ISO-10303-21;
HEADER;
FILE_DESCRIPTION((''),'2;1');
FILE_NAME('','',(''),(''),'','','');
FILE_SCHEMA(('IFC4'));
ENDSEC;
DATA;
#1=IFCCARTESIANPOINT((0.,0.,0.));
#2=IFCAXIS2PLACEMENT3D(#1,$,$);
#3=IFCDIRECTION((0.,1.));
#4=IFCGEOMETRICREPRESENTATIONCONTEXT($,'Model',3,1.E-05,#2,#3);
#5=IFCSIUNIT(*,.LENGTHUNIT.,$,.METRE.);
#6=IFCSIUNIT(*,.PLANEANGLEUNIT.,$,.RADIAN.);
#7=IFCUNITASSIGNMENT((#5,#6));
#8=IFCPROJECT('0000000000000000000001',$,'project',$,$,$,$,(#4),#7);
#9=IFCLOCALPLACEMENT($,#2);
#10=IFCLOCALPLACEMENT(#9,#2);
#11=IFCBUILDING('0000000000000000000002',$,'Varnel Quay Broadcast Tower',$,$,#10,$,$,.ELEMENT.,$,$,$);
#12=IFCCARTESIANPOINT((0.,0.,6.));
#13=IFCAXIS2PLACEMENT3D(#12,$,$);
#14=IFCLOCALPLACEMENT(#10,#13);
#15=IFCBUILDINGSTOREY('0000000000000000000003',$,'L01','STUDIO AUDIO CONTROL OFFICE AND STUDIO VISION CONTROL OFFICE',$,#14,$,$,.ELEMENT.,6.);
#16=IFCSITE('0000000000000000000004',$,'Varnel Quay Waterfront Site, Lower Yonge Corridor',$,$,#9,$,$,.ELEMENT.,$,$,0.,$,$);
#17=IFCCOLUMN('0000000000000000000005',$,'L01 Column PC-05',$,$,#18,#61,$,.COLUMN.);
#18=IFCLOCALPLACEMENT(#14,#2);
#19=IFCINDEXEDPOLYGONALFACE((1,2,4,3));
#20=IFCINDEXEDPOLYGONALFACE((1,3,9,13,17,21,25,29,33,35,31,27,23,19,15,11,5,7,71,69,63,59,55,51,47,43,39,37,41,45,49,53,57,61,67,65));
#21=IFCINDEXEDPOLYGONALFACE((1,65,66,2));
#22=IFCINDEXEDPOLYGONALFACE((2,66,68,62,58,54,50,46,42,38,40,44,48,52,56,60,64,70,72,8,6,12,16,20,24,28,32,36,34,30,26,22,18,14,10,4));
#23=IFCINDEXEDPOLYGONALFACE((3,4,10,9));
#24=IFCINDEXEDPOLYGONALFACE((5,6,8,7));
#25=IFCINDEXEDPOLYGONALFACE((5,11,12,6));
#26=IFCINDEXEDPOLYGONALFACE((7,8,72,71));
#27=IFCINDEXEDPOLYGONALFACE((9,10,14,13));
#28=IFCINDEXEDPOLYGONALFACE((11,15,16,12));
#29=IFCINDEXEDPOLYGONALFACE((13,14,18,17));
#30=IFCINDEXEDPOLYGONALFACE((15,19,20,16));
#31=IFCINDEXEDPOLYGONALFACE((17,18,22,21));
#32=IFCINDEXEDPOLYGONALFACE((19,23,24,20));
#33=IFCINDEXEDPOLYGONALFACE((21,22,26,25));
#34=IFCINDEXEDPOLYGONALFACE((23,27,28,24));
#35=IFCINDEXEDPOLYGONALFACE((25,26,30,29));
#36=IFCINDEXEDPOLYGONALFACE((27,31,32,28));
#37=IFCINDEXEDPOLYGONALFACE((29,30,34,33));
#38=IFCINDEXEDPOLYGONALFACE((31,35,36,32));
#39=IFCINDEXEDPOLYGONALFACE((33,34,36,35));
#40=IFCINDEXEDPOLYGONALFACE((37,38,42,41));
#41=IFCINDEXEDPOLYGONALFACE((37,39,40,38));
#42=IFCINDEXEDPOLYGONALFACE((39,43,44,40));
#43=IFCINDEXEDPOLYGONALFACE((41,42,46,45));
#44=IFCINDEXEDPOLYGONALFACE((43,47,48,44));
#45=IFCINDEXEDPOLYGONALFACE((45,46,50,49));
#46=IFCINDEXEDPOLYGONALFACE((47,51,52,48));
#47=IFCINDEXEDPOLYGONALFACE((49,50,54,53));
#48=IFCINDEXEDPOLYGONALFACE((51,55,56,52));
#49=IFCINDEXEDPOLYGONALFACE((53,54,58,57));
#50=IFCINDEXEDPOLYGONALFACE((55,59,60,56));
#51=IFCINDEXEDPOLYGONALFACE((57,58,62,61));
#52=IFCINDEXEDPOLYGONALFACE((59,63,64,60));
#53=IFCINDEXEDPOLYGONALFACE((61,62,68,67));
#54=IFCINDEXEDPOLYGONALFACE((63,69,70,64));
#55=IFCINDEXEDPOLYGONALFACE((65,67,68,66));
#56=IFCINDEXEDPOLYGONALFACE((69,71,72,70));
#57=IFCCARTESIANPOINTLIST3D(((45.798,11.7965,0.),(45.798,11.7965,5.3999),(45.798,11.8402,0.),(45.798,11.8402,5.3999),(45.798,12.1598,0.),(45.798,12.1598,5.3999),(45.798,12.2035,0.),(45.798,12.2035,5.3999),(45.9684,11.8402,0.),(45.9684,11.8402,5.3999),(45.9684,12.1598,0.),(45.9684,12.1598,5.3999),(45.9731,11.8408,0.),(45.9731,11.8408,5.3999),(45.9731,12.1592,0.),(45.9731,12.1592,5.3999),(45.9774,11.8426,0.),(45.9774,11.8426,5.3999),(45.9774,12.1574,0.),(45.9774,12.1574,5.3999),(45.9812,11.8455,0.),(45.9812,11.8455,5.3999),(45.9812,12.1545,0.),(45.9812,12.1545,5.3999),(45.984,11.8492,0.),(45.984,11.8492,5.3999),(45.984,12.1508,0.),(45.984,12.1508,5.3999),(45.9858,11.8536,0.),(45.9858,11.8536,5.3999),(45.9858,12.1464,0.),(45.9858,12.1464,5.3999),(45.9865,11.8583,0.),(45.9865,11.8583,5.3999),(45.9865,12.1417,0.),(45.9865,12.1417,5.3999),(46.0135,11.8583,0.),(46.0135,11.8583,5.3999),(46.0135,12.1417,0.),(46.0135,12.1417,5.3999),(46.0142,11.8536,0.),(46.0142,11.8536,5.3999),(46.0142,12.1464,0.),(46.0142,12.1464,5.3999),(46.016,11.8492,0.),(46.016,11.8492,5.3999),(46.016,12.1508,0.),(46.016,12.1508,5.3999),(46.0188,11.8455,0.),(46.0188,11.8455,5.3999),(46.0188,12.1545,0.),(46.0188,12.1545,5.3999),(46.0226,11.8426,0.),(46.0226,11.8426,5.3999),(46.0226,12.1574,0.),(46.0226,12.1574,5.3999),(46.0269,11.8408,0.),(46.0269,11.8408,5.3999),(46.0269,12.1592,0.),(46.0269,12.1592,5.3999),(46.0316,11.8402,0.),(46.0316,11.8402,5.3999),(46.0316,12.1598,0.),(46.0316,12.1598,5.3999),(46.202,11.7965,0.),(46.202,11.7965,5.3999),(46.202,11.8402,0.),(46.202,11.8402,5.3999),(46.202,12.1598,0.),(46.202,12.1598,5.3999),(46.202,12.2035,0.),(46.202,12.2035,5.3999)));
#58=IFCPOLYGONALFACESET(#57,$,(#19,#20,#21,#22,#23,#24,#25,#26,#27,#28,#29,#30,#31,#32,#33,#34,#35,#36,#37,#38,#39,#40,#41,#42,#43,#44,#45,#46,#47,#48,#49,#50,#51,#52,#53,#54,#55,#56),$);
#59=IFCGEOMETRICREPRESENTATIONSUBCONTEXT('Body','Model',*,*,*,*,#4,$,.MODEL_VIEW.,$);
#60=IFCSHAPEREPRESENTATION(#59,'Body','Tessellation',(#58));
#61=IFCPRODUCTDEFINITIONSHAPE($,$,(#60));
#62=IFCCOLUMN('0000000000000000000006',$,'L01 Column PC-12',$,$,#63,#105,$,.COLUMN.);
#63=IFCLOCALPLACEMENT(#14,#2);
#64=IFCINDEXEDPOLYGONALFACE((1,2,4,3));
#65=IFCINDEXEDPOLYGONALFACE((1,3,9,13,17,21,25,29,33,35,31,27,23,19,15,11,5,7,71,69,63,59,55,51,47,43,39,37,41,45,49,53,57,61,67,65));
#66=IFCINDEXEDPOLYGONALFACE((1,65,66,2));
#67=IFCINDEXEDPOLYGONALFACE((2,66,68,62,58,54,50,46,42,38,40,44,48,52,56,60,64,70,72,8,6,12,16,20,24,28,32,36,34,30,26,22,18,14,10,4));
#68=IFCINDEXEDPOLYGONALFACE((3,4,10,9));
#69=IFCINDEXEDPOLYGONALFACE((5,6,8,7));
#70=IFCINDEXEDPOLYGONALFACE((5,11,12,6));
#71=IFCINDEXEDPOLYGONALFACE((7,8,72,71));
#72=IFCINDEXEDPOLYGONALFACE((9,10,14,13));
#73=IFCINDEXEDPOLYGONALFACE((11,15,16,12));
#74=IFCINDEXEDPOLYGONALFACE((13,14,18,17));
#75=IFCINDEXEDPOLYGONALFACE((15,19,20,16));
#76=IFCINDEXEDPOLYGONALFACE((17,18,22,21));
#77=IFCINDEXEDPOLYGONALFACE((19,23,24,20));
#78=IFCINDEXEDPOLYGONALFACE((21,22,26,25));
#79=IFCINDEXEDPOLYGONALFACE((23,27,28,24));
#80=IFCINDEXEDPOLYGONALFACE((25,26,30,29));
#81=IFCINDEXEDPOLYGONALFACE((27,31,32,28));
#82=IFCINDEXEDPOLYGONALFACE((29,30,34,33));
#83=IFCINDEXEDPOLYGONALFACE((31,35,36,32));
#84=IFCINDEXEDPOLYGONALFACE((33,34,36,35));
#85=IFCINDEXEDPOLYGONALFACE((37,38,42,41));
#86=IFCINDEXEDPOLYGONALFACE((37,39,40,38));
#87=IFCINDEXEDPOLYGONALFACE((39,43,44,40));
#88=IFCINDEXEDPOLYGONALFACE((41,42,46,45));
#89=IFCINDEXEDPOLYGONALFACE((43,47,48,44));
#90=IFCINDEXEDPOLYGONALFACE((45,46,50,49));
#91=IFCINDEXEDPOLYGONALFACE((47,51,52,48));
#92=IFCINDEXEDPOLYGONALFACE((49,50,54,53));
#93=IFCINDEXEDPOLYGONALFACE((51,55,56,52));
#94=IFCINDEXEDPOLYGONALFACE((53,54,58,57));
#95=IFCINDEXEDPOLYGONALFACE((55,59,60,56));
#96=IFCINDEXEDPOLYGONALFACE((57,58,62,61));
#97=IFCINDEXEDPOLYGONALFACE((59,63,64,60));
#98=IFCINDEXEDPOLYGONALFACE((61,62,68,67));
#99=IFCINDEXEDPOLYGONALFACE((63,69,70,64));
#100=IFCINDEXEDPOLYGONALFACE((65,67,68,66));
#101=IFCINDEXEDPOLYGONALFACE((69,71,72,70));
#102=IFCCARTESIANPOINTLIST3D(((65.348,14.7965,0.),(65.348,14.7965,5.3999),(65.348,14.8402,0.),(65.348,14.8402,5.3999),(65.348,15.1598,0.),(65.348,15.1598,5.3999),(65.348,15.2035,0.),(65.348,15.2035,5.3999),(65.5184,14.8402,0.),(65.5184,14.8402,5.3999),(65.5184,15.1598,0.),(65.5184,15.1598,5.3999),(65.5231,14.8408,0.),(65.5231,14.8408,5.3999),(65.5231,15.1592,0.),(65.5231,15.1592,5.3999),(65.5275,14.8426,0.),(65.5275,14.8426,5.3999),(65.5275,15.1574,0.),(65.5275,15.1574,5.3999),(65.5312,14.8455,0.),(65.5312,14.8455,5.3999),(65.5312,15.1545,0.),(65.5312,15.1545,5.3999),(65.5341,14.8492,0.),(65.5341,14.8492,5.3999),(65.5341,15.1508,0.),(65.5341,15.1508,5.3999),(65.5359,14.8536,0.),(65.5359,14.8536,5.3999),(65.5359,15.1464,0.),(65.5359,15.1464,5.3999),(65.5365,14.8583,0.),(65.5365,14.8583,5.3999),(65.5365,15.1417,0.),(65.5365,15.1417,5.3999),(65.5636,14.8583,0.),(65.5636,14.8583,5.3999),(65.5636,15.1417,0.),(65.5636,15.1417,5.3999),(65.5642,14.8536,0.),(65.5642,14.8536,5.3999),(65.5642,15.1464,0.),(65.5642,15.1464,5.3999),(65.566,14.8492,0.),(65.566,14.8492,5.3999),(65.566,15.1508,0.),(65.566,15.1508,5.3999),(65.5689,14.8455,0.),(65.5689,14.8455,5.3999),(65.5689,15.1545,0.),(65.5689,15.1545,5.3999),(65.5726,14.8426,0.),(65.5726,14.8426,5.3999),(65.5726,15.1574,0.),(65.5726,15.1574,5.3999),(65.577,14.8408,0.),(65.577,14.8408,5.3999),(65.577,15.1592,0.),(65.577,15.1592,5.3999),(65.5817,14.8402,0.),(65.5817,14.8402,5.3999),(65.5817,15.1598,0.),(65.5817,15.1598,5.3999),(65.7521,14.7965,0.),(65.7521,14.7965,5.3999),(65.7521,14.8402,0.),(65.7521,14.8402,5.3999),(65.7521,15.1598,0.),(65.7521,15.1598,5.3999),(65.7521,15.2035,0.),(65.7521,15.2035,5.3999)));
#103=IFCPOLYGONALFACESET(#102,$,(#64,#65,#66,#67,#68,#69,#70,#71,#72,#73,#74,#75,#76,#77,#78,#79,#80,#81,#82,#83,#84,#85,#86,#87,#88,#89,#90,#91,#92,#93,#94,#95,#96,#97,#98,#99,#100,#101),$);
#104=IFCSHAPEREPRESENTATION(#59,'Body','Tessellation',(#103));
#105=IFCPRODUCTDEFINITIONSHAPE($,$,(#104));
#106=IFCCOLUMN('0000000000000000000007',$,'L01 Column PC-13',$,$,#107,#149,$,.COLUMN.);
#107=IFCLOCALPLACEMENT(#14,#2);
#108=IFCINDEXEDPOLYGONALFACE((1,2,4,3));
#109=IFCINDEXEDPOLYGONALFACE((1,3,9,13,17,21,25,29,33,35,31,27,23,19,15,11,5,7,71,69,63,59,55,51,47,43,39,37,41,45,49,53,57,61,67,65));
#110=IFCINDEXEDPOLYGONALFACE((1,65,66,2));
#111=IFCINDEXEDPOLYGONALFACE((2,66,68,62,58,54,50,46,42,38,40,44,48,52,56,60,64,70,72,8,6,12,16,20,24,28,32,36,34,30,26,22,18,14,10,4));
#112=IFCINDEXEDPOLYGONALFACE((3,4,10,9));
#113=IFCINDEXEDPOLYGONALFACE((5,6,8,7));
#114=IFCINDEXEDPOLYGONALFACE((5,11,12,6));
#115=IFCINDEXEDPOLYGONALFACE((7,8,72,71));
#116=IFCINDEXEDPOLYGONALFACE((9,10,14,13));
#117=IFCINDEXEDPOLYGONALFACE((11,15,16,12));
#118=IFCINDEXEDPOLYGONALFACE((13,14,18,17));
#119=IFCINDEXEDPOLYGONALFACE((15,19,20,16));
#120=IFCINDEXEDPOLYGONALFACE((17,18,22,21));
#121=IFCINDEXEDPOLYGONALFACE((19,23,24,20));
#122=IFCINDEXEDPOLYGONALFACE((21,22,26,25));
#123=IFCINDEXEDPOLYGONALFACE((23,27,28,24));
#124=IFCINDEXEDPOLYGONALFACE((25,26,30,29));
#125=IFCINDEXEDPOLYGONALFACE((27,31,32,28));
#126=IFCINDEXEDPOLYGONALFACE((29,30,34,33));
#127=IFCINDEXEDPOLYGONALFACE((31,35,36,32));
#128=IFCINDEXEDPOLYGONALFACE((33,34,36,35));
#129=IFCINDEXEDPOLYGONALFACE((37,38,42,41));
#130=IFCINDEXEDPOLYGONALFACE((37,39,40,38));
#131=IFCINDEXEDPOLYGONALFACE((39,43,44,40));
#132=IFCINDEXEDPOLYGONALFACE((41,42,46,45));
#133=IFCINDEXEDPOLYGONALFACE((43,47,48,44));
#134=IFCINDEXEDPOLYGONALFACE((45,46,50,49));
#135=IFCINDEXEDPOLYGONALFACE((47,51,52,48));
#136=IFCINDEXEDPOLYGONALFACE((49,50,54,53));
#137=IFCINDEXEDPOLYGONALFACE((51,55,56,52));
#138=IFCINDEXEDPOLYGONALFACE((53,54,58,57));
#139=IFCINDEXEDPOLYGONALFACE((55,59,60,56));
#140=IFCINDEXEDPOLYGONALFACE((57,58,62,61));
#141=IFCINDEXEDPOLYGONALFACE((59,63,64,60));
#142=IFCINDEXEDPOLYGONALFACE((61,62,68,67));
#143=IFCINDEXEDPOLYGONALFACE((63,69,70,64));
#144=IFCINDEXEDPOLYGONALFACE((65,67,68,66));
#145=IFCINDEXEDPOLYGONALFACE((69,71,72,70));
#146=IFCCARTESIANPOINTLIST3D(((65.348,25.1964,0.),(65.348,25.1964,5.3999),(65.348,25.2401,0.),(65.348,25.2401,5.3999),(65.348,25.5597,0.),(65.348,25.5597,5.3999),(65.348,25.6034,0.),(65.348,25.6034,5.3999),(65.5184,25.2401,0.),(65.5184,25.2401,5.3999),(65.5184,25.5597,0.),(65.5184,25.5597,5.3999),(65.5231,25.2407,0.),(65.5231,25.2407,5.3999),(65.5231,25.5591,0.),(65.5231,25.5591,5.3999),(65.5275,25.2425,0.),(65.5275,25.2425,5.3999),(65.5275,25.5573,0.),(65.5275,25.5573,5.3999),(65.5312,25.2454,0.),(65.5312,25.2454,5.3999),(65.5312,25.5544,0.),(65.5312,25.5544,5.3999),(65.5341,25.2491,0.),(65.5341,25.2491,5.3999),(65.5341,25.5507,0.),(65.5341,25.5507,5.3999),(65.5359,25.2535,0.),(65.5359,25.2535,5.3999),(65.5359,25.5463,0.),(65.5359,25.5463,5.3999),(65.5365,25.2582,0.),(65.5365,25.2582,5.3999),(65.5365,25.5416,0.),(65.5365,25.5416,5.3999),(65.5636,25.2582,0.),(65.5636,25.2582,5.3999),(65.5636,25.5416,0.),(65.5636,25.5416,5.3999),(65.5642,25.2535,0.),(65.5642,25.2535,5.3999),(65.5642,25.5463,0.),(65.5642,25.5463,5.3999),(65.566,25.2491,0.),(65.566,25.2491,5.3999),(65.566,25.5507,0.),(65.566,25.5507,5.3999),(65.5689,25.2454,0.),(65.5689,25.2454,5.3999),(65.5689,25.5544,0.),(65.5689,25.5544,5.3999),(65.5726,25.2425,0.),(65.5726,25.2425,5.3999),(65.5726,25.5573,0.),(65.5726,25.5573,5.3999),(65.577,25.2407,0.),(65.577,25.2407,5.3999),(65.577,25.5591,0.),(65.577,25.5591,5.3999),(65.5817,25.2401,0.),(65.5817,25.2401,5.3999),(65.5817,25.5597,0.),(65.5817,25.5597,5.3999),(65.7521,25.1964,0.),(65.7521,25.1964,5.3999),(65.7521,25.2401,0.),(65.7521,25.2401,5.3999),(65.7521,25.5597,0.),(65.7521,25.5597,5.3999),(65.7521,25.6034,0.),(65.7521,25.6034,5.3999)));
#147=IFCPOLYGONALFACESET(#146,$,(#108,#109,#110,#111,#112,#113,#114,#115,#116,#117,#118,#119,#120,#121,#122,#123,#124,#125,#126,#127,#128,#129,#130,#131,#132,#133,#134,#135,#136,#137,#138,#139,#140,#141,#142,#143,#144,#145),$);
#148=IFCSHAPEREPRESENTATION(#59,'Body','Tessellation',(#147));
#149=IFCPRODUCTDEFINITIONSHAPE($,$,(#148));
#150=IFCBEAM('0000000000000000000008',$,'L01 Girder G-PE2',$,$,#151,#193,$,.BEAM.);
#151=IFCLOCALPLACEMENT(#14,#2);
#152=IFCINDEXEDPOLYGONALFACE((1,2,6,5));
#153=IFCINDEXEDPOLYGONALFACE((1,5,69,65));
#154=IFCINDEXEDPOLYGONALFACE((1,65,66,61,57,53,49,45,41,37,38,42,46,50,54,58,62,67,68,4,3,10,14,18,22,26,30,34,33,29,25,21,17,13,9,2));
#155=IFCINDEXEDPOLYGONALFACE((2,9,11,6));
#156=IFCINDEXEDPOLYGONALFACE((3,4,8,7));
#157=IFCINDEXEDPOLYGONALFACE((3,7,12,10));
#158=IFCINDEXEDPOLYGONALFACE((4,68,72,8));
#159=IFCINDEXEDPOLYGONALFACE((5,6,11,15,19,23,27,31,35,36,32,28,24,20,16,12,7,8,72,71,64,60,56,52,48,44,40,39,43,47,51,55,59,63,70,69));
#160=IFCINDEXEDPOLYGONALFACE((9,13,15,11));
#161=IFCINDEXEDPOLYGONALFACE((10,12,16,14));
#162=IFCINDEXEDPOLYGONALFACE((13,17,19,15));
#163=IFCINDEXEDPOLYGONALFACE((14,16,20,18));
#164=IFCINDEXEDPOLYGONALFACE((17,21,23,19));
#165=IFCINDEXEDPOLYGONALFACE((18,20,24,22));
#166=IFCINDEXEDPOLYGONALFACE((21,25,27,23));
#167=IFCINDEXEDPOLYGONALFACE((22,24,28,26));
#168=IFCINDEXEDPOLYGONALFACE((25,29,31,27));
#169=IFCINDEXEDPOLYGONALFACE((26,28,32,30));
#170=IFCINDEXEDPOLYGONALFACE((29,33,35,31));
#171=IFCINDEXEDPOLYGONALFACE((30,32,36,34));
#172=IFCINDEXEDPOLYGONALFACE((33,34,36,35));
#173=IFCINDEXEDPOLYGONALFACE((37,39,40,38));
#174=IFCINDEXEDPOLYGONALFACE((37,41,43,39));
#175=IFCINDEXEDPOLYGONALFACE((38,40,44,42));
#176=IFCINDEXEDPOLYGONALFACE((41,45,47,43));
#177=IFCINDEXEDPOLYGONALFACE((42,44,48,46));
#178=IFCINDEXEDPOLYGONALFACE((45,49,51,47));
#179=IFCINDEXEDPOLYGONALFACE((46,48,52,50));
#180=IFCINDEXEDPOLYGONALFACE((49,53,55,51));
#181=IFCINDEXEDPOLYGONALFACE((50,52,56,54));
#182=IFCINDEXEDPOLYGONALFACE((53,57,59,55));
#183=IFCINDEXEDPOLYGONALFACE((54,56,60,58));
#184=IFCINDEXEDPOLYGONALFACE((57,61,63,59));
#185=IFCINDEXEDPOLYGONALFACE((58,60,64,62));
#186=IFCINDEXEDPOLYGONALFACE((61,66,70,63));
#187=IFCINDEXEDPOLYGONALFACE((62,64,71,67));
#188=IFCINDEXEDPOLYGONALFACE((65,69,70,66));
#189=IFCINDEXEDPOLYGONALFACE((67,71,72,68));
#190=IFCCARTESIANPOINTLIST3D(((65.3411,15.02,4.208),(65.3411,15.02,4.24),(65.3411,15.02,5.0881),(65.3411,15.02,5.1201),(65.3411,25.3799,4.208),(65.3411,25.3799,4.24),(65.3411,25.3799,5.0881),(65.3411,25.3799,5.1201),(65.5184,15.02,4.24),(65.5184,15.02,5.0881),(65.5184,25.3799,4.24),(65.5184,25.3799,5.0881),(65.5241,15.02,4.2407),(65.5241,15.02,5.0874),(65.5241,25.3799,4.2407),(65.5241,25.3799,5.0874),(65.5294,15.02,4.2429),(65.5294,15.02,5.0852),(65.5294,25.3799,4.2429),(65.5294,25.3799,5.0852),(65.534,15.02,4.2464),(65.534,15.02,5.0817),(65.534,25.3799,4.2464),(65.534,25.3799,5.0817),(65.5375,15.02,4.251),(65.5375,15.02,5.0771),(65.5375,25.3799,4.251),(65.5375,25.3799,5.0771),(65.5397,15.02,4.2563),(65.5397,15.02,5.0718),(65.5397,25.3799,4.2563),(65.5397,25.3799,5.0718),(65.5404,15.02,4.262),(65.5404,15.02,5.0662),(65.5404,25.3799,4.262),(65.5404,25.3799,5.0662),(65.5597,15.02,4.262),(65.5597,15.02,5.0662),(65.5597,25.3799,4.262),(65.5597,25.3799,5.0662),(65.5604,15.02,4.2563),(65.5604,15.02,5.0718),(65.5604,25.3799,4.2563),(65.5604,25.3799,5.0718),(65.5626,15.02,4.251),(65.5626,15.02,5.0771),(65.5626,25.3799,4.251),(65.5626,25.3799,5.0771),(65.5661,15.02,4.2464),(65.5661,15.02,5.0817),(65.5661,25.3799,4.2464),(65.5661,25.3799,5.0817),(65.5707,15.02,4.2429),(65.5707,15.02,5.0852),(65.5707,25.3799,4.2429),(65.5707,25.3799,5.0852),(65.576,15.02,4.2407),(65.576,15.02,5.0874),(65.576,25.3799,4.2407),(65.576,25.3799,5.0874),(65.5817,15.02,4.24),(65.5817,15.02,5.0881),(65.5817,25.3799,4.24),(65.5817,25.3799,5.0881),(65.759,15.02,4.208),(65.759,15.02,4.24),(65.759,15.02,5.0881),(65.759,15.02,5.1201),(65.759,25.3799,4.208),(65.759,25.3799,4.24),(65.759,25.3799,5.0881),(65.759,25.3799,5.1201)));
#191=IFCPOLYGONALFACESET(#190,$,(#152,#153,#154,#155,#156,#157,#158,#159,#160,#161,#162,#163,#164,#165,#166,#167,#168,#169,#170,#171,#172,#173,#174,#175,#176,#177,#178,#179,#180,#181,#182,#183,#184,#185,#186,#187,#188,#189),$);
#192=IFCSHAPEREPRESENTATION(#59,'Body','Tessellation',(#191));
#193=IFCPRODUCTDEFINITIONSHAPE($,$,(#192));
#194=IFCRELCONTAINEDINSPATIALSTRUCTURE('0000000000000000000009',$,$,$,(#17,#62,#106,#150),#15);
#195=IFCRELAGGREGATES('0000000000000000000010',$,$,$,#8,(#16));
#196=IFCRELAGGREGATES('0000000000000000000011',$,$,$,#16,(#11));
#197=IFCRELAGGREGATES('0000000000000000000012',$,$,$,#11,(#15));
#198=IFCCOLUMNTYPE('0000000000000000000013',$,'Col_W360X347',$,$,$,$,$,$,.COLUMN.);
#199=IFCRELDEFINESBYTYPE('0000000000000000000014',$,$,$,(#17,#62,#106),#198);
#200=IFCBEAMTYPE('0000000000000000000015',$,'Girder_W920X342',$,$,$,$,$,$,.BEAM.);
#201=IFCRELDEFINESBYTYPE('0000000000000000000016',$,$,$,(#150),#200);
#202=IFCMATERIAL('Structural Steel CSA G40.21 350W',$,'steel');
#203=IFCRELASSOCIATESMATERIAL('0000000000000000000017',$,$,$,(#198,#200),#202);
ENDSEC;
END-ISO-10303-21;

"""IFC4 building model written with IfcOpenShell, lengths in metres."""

from ifc_helpers import new_model, si_unit, direction, frame, origin, origin_2d, place, context, subcontext, project, spatial, i_section, extrude, source, transform, mapped, material, material_profile, profile_set, type_object, type_shapes, element, save


model = new_model("IFC4")

# Units and contexts
model_context = context("Model", 3, precision=1e-05, world=origin(), true_north=direction((0.0, 1.0)))
body_context = subcontext(model_context, "Body", "Model", "MODEL_VIEW")
ifc_project = project(units=[si_unit("LENGTHUNIT", "METRE"), si_unit("PLANEANGLEUNIT", "RADIAN")], contexts=[model_context])

# Site, building, storey
site_placement = place(None, origin())
site = spatial("IfcSite", under=ifc_project, at=site_placement, Name="Varnel Quay Waterfront Site, Lower Yonge Corridor", CompositionType="ELEMENT", RefElevation=0.0)
building_placement = place(site_placement, origin())
building = spatial("IfcBuilding", under=site, at=building_placement, Name="Varnel Quay Broadcast Tower", CompositionType="ELEMENT")
storey_placement = place(building_placement, frame((0.0, 0.0, 6.0)))
storey = spatial("IfcBuildingStorey", under=building, at=storey_placement, Name="L01", Description="STUDIO AUDIO CONTROL OFFICE AND STUDIO VISION CONTROL OFFICE", CompositionType="ELEMENT", Elevation=6.0)

# Columns
ifc_material_1 = material(Name="Structural Steel CSA G40.21 350W", Category="steel")
ifc_material_profile_1 = material_profile(ifc_material_1, i_section(OverallWidth=0.4041, OverallDepth=0.407, WebThickness=0.0271, FlangeThickness=0.0437, FilletRadius=0.0181, at=origin_2d()), Name="W360X347")
ifc_profile_set_1 = profile_set([ifc_material_profile_1], Name="Structural Steel CSA G40.21 350W")
column_type = type_object("IfcColumnType", Name="Col_W360X347", PredefinedType="COLUMN", material=ifc_profile_set_1)
shared_shape_1 = source(origin(), body_context, "Body", "SweptSolid", [
    extrude(i_section(OverallWidth=0.4041, OverallDepth=0.407, WebThickness=0.0271, FlangeThickness=0.0437, FilletRadius=0.0181, at=origin_2d()), origin(), (0.0, 0.0, 1.0), 5.3999),
])
type_shapes(column_type, [shared_shape_1])
for number, where, z_axis, x_axis, name in (
    (1, (46.0, 12.0, 0.0), (0.0, 0.0, 1.0), (1.0, 0.0, 0.0), "L01 Column PC-05"),
    (2, (65.55, 15.0, 0.0), (0.0, 0.0, 1.0), (1.0, 0.0, 0.0), "L01 Column PC-12"),
    (3, (65.55, 25.3999, 0.0), (0.0, 0.0, 1.0), (1.0, 0.0, 0.0), "L01 Column PC-13"),
):
    element("IfcColumn", number, at=place(storey_placement, frame(where, z_axis=z_axis, x_axis=x_axis)), inside=storey, type_object=column_type, Name=name, PredefinedType="COLUMN", context=body_context, shape_type="MappedRepresentation", body=[
        mapped(shared_shape_1, transform((0.0, 0.0, 0.0), x_axis=(1.0, 0.0, 0.0), y_axis=(0.0, 1.0, 0.0), z_axis=(0.0, 0.0, 1.0), scale=1.0)),
    ])

# Beam
ifc_material_profile_2 = material_profile(ifc_material_1, i_section(OverallWidth=0.418, OverallDepth=0.9121, WebThickness=0.0193, FlangeThickness=0.032, FilletRadius=0.022, at=origin_2d()), Name="W920X342")
ifc_profile_set_2 = profile_set([ifc_material_profile_2], Name="Structural Steel CSA G40.21 350W")
beam_type = type_object("IfcBeamType", Name="Girder_W920X342", PredefinedType="BEAM", material=ifc_profile_set_2)
shared_shape_2 = source(origin(), body_context, "Body", "SweptSolid", [
    extrude(i_section(OverallWidth=0.418, OverallDepth=0.9121, WebThickness=0.0193, FlangeThickness=0.032, FilletRadius=0.022, at=origin_2d()), origin(), (0.0, 0.0, 1.0), 10.3599),
])
beam_1_placement = place(storey_placement, frame((65.55, 15.02, 4.6641), z_axis=(0.0, 1.0, 0.0), x_axis=(-1.0, 0.0, 0.0)))
element("IfcBeam", 4, at=beam_1_placement, inside=storey, type_object=beam_type, Name="L01 Girder G-PE2", PredefinedType="BEAM", context=body_context, shape_type="MappedRepresentation", body=[
    mapped(shared_shape_2, transform((0.0, 0.0, 0.0), x_axis=(1.0, 0.0, 0.0), y_axis=(0.0, 1.0, 0.0), z_axis=(0.0, 0.0, 1.0), scale=1.0)),
])

save(model, "model.ifc")
